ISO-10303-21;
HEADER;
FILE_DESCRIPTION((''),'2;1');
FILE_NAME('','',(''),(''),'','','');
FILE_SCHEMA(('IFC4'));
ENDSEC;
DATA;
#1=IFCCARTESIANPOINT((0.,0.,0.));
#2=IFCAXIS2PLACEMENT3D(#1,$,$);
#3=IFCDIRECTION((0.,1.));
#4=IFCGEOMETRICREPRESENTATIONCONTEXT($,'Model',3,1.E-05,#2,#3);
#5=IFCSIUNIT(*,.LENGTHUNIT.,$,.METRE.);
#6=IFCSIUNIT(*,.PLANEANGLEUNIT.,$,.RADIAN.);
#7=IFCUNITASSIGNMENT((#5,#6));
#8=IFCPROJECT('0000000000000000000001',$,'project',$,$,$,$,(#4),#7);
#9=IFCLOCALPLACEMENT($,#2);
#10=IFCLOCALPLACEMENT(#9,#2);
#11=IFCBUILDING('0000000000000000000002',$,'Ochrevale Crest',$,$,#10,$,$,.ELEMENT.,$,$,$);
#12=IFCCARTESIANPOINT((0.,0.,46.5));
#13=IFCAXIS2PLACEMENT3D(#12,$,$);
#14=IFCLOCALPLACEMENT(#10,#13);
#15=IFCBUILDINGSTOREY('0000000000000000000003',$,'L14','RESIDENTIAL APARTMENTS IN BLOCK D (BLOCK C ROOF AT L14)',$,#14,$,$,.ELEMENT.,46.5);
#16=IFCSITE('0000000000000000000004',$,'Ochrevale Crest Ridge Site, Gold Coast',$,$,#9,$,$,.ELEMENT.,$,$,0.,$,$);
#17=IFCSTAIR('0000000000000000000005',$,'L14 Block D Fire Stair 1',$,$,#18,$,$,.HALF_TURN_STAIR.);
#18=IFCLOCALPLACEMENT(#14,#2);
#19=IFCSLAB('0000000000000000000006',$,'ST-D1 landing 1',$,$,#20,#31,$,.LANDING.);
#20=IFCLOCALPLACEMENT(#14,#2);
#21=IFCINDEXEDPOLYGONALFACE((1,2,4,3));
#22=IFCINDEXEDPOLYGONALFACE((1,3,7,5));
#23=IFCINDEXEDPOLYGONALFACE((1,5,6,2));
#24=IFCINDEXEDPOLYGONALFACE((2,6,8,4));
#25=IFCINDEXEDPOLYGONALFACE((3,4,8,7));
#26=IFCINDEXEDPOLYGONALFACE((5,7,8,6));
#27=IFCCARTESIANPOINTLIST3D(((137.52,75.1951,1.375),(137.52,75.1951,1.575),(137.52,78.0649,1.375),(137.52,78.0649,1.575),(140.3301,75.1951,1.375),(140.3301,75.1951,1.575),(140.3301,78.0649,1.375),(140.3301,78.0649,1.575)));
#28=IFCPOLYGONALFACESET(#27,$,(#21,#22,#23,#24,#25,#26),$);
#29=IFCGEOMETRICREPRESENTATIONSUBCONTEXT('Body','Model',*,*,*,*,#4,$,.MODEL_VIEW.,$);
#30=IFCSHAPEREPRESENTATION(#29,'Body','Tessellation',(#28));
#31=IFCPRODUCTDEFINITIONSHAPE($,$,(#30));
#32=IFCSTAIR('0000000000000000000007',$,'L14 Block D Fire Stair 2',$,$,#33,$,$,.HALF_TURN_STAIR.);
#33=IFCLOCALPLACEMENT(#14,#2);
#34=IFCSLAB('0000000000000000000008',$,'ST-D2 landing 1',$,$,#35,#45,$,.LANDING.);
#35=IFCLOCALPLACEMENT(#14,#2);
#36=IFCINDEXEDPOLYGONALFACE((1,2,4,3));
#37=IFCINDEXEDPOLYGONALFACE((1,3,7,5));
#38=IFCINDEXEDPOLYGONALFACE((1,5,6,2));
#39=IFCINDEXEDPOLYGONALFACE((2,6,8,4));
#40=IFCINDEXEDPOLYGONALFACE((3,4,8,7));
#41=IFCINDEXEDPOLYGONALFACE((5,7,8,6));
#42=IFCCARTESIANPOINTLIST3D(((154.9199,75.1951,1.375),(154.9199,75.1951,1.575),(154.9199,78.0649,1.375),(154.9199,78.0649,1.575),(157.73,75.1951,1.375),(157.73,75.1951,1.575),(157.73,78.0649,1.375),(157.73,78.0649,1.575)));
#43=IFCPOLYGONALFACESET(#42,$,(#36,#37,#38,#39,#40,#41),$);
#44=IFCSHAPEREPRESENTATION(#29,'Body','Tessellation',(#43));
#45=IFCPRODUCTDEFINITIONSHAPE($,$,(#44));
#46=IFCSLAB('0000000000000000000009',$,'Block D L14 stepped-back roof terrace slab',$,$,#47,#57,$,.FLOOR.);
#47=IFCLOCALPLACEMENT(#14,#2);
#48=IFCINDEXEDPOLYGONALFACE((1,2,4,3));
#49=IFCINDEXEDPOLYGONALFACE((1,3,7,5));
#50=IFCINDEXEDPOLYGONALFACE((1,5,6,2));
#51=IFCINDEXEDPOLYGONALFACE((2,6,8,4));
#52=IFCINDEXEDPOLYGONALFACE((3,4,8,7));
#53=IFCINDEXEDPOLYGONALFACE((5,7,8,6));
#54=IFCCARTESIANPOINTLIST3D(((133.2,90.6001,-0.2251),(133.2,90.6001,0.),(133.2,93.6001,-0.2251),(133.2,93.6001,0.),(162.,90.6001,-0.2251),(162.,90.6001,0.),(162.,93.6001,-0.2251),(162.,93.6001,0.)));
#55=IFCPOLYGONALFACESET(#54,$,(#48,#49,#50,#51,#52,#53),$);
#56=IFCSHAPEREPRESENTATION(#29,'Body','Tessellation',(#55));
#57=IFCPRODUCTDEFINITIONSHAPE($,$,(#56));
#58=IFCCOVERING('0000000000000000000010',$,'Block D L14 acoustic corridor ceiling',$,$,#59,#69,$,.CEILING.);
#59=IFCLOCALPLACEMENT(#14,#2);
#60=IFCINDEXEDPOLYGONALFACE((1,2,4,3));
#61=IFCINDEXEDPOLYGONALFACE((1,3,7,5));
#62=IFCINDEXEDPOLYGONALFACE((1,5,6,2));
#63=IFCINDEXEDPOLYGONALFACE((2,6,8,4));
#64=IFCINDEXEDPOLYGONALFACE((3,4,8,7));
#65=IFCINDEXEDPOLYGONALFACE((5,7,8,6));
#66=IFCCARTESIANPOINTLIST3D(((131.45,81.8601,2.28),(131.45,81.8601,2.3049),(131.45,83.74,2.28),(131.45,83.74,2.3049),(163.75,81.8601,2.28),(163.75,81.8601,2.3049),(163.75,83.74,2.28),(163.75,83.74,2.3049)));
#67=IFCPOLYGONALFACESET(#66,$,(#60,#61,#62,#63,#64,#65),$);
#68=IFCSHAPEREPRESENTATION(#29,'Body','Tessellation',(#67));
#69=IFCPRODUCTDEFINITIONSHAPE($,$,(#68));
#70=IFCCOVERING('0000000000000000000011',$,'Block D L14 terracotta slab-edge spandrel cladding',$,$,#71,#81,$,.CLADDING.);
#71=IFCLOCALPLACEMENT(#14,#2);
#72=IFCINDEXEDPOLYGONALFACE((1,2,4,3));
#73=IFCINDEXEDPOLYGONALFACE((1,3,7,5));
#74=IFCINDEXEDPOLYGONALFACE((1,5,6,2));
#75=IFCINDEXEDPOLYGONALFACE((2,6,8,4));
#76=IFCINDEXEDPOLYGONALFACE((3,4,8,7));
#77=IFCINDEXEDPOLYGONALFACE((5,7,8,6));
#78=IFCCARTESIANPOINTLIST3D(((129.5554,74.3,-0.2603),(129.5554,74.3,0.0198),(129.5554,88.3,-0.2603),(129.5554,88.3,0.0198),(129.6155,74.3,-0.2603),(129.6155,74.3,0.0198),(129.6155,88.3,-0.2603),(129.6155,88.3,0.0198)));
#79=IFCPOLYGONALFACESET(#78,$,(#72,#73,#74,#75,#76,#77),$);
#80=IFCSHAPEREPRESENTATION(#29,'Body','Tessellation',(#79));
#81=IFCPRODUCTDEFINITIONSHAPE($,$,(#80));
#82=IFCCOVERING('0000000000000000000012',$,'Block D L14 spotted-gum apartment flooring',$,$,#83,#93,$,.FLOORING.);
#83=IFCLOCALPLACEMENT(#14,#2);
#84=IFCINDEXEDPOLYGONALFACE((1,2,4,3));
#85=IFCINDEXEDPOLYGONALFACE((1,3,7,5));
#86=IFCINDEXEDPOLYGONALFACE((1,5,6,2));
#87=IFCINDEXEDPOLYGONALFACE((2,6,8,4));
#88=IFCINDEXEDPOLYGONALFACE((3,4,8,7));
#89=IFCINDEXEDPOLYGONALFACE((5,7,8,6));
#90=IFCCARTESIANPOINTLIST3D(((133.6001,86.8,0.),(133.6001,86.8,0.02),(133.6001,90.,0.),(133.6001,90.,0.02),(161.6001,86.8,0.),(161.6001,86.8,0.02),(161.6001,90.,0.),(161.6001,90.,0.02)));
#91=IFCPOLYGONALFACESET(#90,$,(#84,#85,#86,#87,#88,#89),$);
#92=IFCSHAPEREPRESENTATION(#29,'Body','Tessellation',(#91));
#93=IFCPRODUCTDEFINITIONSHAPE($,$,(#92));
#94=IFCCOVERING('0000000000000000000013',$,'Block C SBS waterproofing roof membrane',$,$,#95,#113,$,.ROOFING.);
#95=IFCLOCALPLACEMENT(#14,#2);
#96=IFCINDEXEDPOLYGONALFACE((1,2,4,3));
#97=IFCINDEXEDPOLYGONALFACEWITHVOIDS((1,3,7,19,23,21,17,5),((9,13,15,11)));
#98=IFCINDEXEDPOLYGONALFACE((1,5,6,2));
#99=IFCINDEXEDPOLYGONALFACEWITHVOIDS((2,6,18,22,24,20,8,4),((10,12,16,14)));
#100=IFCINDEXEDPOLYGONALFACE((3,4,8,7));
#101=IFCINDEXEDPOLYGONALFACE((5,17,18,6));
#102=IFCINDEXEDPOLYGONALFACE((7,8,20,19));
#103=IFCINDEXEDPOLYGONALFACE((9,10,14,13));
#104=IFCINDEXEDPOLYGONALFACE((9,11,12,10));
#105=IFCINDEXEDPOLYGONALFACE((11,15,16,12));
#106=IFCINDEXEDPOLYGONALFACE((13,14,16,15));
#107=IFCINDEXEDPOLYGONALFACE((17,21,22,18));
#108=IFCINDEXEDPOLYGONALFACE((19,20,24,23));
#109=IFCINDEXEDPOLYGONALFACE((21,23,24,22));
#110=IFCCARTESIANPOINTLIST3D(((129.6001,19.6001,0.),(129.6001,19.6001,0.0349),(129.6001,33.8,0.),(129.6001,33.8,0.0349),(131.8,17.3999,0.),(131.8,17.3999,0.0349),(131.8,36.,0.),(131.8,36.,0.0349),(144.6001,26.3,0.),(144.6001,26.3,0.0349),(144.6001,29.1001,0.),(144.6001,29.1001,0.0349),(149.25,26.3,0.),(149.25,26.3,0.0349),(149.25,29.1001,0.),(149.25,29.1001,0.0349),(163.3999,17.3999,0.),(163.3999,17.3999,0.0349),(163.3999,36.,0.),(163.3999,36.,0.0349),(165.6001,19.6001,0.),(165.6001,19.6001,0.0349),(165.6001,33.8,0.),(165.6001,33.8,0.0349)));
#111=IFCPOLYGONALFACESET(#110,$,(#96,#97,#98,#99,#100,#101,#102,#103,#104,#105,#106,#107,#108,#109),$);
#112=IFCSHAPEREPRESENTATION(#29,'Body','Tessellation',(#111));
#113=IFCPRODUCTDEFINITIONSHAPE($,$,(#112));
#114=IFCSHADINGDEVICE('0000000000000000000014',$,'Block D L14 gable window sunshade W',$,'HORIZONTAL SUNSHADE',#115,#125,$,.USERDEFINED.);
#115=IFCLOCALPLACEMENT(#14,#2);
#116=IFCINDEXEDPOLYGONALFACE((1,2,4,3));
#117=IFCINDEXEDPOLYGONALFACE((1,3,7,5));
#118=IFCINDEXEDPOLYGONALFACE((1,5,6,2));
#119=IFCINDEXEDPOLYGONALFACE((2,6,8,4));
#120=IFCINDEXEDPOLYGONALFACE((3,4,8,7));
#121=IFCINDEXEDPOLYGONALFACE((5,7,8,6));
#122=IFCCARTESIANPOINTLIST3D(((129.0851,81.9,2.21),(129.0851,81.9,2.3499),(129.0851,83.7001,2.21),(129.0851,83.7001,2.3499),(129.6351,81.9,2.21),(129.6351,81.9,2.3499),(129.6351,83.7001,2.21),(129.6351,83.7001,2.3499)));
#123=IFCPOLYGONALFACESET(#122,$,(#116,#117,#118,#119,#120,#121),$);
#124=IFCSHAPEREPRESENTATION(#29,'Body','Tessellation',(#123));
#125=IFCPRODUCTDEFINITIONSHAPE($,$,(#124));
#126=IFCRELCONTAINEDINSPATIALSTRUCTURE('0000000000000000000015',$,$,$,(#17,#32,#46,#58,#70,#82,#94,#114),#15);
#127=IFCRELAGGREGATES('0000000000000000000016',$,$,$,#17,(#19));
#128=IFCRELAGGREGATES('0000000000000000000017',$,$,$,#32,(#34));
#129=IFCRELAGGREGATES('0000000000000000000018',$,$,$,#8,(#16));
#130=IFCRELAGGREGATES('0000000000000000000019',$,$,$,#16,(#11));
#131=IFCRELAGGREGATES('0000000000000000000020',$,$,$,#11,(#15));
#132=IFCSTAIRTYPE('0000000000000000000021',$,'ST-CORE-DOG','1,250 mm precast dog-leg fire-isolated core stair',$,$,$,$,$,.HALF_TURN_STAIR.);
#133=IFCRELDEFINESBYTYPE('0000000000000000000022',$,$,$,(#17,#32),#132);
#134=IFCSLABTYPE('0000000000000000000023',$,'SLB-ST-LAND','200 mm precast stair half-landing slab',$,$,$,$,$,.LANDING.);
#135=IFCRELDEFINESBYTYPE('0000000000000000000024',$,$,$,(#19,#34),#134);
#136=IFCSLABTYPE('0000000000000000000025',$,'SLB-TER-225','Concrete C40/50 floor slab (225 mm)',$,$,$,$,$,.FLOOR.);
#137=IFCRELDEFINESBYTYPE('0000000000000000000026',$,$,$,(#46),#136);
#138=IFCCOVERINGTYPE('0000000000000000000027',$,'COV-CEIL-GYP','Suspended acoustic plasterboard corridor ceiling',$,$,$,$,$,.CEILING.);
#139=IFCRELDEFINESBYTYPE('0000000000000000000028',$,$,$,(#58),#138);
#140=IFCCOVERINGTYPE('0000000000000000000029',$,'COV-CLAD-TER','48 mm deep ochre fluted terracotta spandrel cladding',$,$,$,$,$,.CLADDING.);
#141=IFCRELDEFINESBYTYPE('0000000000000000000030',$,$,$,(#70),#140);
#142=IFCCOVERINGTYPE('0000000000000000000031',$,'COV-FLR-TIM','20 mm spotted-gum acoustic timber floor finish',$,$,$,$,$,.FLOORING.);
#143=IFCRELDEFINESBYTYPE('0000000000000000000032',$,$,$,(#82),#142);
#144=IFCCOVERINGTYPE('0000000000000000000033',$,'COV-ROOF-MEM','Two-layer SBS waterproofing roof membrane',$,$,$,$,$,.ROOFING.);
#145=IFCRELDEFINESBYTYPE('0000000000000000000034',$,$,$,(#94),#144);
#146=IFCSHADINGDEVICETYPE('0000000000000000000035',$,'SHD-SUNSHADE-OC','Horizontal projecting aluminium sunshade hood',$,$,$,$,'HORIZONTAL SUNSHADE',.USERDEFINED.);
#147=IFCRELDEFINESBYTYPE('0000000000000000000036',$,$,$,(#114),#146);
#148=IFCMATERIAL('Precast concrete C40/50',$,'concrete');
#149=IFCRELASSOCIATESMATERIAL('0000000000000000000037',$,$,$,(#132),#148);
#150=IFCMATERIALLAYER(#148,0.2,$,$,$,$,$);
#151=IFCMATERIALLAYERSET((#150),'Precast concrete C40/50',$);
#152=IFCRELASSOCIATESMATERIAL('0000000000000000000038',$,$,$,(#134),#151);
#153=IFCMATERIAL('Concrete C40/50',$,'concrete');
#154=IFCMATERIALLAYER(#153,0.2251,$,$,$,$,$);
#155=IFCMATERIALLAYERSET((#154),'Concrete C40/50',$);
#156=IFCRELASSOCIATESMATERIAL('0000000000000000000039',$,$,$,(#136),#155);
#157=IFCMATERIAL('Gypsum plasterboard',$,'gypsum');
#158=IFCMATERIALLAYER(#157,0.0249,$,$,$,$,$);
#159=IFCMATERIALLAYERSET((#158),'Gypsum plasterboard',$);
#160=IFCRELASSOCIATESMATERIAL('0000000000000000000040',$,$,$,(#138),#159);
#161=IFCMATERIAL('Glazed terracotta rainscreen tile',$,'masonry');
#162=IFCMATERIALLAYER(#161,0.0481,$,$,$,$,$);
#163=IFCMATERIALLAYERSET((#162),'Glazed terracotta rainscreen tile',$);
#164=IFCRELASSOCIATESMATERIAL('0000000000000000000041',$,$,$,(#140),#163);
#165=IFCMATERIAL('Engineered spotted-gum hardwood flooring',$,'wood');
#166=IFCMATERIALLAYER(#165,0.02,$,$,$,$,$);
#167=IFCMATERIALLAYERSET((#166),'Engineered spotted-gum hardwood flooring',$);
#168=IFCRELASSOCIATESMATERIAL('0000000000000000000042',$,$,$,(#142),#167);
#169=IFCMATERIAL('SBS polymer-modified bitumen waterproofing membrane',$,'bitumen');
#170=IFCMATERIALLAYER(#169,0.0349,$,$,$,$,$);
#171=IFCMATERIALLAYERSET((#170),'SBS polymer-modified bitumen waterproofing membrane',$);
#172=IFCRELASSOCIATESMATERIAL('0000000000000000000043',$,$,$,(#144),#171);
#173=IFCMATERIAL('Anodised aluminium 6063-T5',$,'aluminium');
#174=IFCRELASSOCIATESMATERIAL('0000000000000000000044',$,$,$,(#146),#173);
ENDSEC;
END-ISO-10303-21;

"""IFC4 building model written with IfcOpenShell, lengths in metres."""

from ifc_helpers import new_model, si_unit, direction, frame, origin, origin_2d, place, context, subcontext, project, spatial, polyline, rectangle, outline, extrude, material, layer, layer_set, type_object, element, aggregate, save


model = new_model("IFC4")

# Units and contexts
model_context = context("Model", 3, precision=1e-05, world=origin(), true_north=direction((0.0, 1.0)))
body_context = subcontext(model_context, "Body", "Model", "MODEL_VIEW")
ifc_project = project(units=[si_unit("LENGTHUNIT", "METRE"), si_unit("PLANEANGLEUNIT", "RADIAN")], contexts=[model_context])

# Site, building, storey
site_placement = place(None, origin())
site = spatial("IfcSite", under=ifc_project, at=site_placement, Name="Ochrevale Crest Ridge Site, Gold Coast", CompositionType="ELEMENT", RefElevation=0.0)
building_placement = place(site_placement, origin())
building = spatial("IfcBuilding", under=site, at=building_placement, Name="Ochrevale Crest", CompositionType="ELEMENT")
storey_placement = place(building_placement, frame((0.0, 0.0, 46.5)))
storey = spatial("IfcBuildingStorey", under=building, at=storey_placement, Name="L14", Description="RESIDENTIAL APARTMENTS IN BLOCK D (BLOCK C ROOF AT L14)", CompositionType="ELEMENT", Elevation=46.5)

# Shared definitions
ifc_material_1 = material(Name="Precast concrete C40/50", Category="concrete")

# Shared definitions
ifc_material_2 = material(Name="Anodised aluminium 6063-T5", Category="aluminium")

# Shared definitions
ifc_material_3 = material(Name="Concrete C40/50", Category="concrete")

# Stairs, slabs
stair_type = type_object("IfcStairType", Name="ST-CORE-DOG", Description="1,250 mm precast dog-leg fire-isolated core stair", PredefinedType="HALF_TURN_STAIR", material=ifc_material_1)
stair_1_placement = place(storey_placement, origin())
stair_1 = element("IfcStair", 1, at=stair_1_placement, inside=storey, type_object=stair_type, Name="L14 Block D Fire Stair 1", PredefinedType="HALF_TURN_STAIR")
ifc_layer_1 = layer(ifc_material_1, 0.2)
ifc_layer_set_1 = layer_set([ifc_layer_1], Name="Precast concrete C40/50")
slab_type_1 = type_object("IfcSlabType", Name="SLB-ST-LAND", Description="200 mm precast stair half-landing slab", PredefinedType="LANDING", material=ifc_layer_set_1)
slab_1_placement = place(storey_placement, frame((0.0, 0.0, 1.375)))
slab_1 = element("IfcSlab", 2, at=slab_1_placement, type_object=slab_type_1, Name="ST-D1 landing 1", PredefinedType="LANDING", context=body_context, shape_type="SweptSolid", body=[
    extrude(outline(polyline([(137.52, 78.0649), (137.52, 75.1951), (140.3301, 75.1951), (140.3301, 78.0649), (137.52, 78.0649)])), origin(), (0.0, 0.0, 1.0), 0.2),
])
aggregate(stair_1, [slab_1])
stair_2_placement = place(storey_placement, origin())
stair_2 = element("IfcStair", 3, at=stair_2_placement, inside=storey, type_object=stair_type, Name="L14 Block D Fire Stair 2", PredefinedType="HALF_TURN_STAIR")
slab_2_placement = place(storey_placement, frame((0.0, 0.0, 1.375)))
slab_2 = element("IfcSlab", 4, at=slab_2_placement, type_object=slab_type_1, Name="ST-D2 landing 1", PredefinedType="LANDING", context=body_context, shape_type="SweptSolid", body=[
    extrude(outline(polyline([(154.9199, 78.0649), (154.9199, 75.1951), (157.73, 75.1951), (157.73, 78.0649), (154.9199, 78.0649)])), origin(), (0.0, 0.0, 1.0), 0.2),
])
aggregate(stair_2, [slab_2])

# Slab
ifc_layer_2 = layer(ifc_material_3, 0.2251)
ifc_layer_set_2 = layer_set([ifc_layer_2], Name="Concrete C40/50")
slab_type_2 = type_object("IfcSlabType", Name="SLB-TER-225", Description="Concrete C40/50 floor slab (225 mm)", PredefinedType="FLOOR", material=ifc_layer_set_2)
slab_3_placement = place(storey_placement, frame((0.0, 0.0, -0.2251)))
element("IfcSlab", 5, at=slab_3_placement, inside=storey, type_object=slab_type_2, Name="Block D L14 stepped-back roof terrace slab", PredefinedType="FLOOR", context=body_context, shape_type="SweptSolid", body=[
    extrude(outline(polyline([(133.2, 90.6001), (162.0, 90.6001), (162.0, 93.6001), (133.2, 93.6001), (133.2, 90.6001)])), origin(), (0.0, 0.0, 1.0), 0.2251),
])

# Coverings
ifc_material_4 = material(Name="Gypsum plasterboard", Category="gypsum")
ifc_layer_3 = layer(ifc_material_4, 0.0249)
ifc_layer_set_3 = layer_set([ifc_layer_3], Name="Gypsum plasterboard")
covering_type_1 = type_object("IfcCoveringType", Name="COV-CEIL-GYP", Description="Suspended acoustic plasterboard corridor ceiling", PredefinedType="CEILING", material=ifc_layer_set_3)
covering_1_placement = place(storey_placement, frame((0.0, 0.0, 2.28)))
element("IfcCovering", 6, at=covering_1_placement, inside=storey, type_object=covering_type_1, Name="Block D L14 acoustic corridor ceiling", PredefinedType="CEILING", context=body_context, shape_type="SweptSolid", body=[
    extrude(outline(polyline([(131.45, 81.8601), (163.75, 81.8601), (163.75, 83.74), (131.45, 83.74), (131.45, 81.8601)])), origin(), (0.0, 0.0, 1.0), 0.0249),
])
ifc_material_5 = material(Name="Glazed terracotta rainscreen tile", Category="masonry")
ifc_layer_4 = layer(ifc_material_5, 0.0481)
ifc_layer_set_4 = layer_set([ifc_layer_4], Name="Glazed terracotta rainscreen tile")
covering_type_2 = type_object("IfcCoveringType", Name="COV-CLAD-TER", Description="48 mm deep ochre fluted terracotta spandrel cladding", PredefinedType="CLADDING", material=ifc_layer_set_4)
covering_2_placement = place(storey_placement, frame((129.5854, 81.3, -0.2603), z_axis=(0.0, 0.0, 1.0), x_axis=(0.0, -1.0, 0.0)))
element("IfcCovering", 7, at=covering_2_placement, inside=storey, type_object=covering_type_2, Name="Block D L14 terracotta slab-edge spandrel cladding", PredefinedType="CLADDING", context=body_context, shape_type="SweptSolid", body=[
    extrude(rectangle(XDim=14.0, YDim=0.0601, at=origin_2d()), origin(), (0.0, 0.0, 1.0), 0.28),
])
ifc_material_6 = material(Name="Engineered spotted-gum hardwood flooring", Category="wood")
ifc_layer_5 = layer(ifc_material_6, 0.02)
ifc_layer_set_5 = layer_set([ifc_layer_5], Name="Engineered spotted-gum hardwood flooring")
covering_type_3 = type_object("IfcCoveringType", Name="COV-FLR-TIM", Description="20 mm spotted-gum acoustic timber floor finish", PredefinedType="FLOORING", material=ifc_layer_set_5)
covering_3_placement = place(storey_placement, origin())
element("IfcCovering", 8, at=covering_3_placement, inside=storey, type_object=covering_type_3, Name="Block D L14 spotted-gum apartment flooring", PredefinedType="FLOORING", context=body_context, shape_type="SweptSolid", body=[
    extrude(outline(polyline([(133.6001, 86.8), (161.6001, 86.8), (161.6001, 90.0), (133.6001, 90.0), (133.6001, 86.8)])), origin(), (0.0, 0.0, 1.0), 0.02),
])
ifc_material_7 = material(Name="SBS polymer-modified bitumen waterproofing membrane", Category="bitumen")
ifc_layer_6 = layer(ifc_material_7, 0.0349)
ifc_layer_set_6 = layer_set([ifc_layer_6], Name="SBS polymer-modified bitumen waterproofing membrane")
covering_type_4 = type_object("IfcCoveringType", Name="COV-ROOF-MEM", Description="Two-layer SBS waterproofing roof membrane", PredefinedType="ROOFING", material=ifc_layer_set_6)
covering_4_placement = place(storey_placement, origin())
element("IfcCovering", 9, at=covering_4_placement, inside=storey, type_object=covering_type_4, Name="Block C SBS waterproofing roof membrane", PredefinedType="ROOFING", context=body_context, shape_type="SweptSolid", body=[
    extrude(outline(polyline([(131.8, 17.3999), (163.3999, 17.3999), (165.6001, 19.6001), (165.6001, 33.8), (163.3999, 36.0), (131.8, 36.0), (129.6001, 33.8), (129.6001, 19.6001), (131.8, 17.3999)]), holes=[polyline([(144.6001, 26.3), (149.25, 26.3), (149.25, 29.1001), (144.6001, 29.1001), (144.6001, 26.3)])]), origin(), (0.0, 0.0, 1.0), 0.0349),
])

# Shading device
shading_device_type = type_object("IfcShadingDeviceType", Name="SHD-SUNSHADE-OC", Description="Horizontal projecting aluminium sunshade hood", ElementType="HORIZONTAL SUNSHADE", PredefinedType="USERDEFINED", material=ifc_material_2)
shading_device_placement = place(storey_placement, frame((129.3601, 82.8, 2.21), z_axis=(0.0, 0.0, 1.0), x_axis=(1.0, 0.0, 0.0)))
element("IfcShadingDevice", 10, at=shading_device_placement, inside=storey, type_object=shading_device_type, Name="Block D L14 gable window sunshade W", ObjectType="HORIZONTAL SUNSHADE", PredefinedType="USERDEFINED", context=body_context, shape_type="SweptSolid", body=[
    extrude(rectangle(XDim=0.55, YDim=1.8, at=origin_2d()), origin(), (0.0, 0.0, 1.0), 0.1399),
])

save(model, "model.ifc")
